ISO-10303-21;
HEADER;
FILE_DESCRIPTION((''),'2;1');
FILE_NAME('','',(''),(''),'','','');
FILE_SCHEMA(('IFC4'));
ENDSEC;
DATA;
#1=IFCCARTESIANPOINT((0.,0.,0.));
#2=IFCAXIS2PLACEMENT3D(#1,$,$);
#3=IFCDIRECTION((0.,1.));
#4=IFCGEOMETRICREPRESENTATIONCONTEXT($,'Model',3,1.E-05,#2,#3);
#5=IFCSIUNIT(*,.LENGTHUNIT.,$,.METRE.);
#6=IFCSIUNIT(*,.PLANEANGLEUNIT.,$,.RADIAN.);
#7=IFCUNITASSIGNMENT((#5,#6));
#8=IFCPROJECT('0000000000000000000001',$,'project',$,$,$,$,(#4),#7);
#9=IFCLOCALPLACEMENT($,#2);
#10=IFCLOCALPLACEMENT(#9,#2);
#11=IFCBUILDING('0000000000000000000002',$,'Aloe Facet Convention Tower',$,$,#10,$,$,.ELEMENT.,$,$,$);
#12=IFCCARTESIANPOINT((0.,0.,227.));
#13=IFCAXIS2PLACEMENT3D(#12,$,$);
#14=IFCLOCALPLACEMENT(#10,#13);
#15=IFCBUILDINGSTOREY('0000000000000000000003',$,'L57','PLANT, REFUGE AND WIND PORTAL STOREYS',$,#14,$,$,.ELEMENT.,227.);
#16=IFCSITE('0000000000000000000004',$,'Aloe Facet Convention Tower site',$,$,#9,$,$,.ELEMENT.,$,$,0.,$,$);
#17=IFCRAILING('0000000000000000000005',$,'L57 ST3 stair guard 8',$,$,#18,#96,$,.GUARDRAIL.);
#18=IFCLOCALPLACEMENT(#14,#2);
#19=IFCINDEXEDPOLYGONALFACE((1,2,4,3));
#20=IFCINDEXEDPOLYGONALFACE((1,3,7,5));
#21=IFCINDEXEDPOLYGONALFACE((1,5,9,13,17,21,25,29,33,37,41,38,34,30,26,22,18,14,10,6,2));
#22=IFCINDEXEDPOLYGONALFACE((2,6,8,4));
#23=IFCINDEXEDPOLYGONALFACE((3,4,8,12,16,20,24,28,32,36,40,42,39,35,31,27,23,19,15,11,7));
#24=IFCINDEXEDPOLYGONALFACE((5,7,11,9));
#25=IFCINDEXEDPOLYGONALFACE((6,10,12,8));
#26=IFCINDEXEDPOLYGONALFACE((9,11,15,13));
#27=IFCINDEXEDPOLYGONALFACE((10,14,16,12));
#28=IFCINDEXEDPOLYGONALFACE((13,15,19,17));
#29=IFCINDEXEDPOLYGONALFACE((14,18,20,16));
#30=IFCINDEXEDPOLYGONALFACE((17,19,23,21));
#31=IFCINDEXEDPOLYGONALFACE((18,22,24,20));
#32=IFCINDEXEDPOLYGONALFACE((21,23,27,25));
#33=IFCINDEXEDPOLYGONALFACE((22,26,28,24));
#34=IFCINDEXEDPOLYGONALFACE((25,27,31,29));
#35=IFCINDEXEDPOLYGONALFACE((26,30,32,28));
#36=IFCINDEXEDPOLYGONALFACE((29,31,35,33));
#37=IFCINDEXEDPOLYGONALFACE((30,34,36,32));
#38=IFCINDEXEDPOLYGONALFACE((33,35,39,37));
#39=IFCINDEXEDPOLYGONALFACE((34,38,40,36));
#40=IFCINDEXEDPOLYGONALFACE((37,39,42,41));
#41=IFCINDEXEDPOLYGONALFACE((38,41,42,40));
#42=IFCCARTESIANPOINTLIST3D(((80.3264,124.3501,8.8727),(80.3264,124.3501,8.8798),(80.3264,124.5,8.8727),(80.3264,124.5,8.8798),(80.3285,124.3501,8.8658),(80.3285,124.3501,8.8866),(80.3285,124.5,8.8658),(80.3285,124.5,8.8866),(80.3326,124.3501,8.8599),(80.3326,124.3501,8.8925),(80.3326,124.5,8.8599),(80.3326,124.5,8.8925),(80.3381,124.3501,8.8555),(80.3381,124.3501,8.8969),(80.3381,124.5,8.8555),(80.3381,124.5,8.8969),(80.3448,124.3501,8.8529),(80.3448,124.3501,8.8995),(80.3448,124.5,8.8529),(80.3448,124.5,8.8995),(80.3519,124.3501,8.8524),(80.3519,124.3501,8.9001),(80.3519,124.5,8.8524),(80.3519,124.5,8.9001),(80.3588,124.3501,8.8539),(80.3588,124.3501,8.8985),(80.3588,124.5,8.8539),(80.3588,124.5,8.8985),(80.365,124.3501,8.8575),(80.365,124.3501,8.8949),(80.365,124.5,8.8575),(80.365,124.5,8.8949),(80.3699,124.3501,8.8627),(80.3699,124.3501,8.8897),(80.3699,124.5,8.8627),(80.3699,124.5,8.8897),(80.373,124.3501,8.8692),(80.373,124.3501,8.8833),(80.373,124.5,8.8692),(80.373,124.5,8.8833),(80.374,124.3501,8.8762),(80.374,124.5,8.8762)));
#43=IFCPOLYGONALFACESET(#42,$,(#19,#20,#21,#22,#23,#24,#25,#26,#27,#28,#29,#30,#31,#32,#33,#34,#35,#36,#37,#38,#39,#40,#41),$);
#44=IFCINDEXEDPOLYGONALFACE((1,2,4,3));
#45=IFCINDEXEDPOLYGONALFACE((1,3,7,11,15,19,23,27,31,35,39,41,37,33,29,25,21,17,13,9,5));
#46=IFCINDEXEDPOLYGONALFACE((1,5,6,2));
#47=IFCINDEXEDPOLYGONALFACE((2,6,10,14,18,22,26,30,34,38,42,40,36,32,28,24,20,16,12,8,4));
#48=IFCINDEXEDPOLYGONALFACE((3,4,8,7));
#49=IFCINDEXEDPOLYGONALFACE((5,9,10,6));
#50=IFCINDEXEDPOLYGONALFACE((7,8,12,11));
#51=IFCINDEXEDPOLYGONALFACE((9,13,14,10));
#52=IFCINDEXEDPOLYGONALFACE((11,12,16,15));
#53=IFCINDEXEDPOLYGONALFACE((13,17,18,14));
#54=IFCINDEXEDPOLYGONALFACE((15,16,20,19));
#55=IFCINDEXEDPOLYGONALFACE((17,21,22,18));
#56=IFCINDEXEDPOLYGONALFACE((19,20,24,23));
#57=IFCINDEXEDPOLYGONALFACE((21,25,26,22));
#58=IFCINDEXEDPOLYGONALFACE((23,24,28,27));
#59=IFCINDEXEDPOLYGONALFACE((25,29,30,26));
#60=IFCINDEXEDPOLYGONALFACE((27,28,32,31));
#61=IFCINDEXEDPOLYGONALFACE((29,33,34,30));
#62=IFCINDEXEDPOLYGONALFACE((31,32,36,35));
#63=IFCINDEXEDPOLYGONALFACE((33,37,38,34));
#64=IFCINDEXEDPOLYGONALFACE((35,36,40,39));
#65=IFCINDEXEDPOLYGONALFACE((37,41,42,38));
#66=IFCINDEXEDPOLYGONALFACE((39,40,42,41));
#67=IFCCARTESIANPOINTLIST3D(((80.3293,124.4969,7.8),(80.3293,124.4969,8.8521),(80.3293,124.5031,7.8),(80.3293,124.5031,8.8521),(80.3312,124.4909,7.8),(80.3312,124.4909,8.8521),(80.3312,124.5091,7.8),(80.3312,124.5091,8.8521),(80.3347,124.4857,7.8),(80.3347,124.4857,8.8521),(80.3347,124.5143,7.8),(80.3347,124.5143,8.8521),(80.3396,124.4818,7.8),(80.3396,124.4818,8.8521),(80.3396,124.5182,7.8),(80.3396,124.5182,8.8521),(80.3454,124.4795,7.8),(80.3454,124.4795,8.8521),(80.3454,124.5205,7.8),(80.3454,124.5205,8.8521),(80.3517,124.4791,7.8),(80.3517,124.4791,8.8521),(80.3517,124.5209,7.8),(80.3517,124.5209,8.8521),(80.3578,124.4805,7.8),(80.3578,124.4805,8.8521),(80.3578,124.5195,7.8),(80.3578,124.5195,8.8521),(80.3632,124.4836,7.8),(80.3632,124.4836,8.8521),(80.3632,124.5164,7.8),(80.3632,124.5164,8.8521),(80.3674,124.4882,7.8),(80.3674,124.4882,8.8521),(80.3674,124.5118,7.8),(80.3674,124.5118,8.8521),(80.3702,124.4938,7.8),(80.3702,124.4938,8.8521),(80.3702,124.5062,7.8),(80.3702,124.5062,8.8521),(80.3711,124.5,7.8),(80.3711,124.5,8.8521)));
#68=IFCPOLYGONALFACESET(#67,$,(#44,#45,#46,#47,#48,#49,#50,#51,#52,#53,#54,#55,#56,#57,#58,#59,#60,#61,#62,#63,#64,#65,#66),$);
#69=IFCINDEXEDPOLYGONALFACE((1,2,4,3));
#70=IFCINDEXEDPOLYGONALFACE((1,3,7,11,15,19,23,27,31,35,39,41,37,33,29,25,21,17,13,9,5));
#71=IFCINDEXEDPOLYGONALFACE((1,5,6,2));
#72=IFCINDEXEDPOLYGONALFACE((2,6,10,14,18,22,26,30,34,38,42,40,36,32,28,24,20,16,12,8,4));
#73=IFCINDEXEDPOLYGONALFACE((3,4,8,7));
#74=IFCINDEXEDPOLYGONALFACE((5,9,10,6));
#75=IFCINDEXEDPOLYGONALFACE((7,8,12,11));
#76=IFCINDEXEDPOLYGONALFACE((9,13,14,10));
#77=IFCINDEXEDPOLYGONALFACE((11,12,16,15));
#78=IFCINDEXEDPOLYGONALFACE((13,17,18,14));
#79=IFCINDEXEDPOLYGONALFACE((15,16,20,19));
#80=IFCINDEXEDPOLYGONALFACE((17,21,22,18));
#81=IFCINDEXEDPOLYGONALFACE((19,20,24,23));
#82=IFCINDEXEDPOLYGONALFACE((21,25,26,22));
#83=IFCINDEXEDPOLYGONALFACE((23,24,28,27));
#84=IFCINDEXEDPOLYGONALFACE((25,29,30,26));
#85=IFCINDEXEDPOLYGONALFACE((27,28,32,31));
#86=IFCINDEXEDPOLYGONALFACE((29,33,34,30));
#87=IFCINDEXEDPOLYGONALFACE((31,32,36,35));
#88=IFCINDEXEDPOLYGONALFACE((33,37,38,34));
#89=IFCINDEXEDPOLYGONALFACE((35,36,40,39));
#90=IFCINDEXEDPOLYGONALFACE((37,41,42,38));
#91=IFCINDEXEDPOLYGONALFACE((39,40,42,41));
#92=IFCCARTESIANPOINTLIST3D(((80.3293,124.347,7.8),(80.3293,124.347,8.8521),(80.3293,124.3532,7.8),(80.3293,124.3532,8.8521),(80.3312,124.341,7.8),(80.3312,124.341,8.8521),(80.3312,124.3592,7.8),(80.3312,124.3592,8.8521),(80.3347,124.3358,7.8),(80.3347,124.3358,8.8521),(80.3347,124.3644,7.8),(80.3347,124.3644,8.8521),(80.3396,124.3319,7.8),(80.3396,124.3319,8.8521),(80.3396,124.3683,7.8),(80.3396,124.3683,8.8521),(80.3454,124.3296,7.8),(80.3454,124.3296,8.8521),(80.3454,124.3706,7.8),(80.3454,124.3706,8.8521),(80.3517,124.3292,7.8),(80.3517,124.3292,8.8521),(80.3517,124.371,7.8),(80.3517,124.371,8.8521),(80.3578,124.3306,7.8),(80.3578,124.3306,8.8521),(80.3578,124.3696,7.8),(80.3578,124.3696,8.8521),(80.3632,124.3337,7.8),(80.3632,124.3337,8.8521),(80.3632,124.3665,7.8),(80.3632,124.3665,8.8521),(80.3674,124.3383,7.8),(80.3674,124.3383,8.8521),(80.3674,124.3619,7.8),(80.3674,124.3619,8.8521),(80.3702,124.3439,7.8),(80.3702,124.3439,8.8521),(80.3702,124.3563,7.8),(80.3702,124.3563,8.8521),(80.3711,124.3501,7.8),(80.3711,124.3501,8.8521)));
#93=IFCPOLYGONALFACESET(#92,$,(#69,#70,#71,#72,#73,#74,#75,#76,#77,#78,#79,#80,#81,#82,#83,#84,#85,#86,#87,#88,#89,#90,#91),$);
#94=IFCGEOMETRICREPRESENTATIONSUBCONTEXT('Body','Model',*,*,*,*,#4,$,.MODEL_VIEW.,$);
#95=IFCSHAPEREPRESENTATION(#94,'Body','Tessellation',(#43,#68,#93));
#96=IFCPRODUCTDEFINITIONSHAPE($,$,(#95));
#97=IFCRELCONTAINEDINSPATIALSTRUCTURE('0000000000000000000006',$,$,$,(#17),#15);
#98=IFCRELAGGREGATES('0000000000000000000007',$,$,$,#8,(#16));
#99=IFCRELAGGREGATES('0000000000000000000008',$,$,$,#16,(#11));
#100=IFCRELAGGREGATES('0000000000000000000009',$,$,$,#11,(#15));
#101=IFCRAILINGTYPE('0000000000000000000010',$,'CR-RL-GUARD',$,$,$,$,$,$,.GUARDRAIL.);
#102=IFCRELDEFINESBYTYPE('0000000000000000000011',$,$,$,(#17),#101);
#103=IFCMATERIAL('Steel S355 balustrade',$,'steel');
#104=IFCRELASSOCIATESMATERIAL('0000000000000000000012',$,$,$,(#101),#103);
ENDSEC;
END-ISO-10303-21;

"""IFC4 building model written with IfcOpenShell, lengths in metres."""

from ifc_helpers import new_model, si_unit, direction, frame, origin, origin_2d, place, context, subcontext, project, spatial, circle, extrude, material, type_object, element, save


model = new_model("IFC4")

# Units and contexts
model_context = context("Model", 3, precision=1e-05, world=origin(), true_north=direction((0.0, 1.0)))
body_context = subcontext(model_context, "Body", "Model", "MODEL_VIEW")
ifc_project = project(units=[si_unit("LENGTHUNIT", "METRE"), si_unit("PLANEANGLEUNIT", "RADIAN")], contexts=[model_context])

# Site, building, storey
site_placement = place(None, origin())
site = spatial("IfcSite", under=ifc_project, at=site_placement, Name="Aloe Facet Convention Tower site", CompositionType="ELEMENT", RefElevation=0.0)
building_placement = place(site_placement, origin())
building = spatial("IfcBuilding", under=site, at=building_placement, Name="Aloe Facet Convention Tower", CompositionType="ELEMENT")
storey_placement = place(building_placement, frame((0.0, 0.0, 227.0)))
storey = spatial("IfcBuildingStorey", under=building, at=storey_placement, Name="L57", Description="PLANT, REFUGE AND WIND PORTAL STOREYS", CompositionType="ELEMENT", Elevation=227.0)

# Railing
ifc_material_1 = material(Name="Steel S355 balustrade", Category="steel")
railing_type_1 = type_object("IfcRailingType", Name="CR-RL-GUARD", PredefinedType="GUARDRAIL", material=ifc_material_1)
railing_1_placement = place(storey_placement, frame((80.3501, 124.5, 7.8)))
element("IfcRailing", 1, at=railing_1_placement, inside=storey, type_object=railing_type_1, Name="L57 ST3 stair guard 8", PredefinedType="GUARDRAIL", context=body_context, shape_type="SweptSolid", body=[
    extrude(circle(Radius=0.0239, at=origin_2d()), frame((0.0, 0.0, 1.0762), z_axis=(0.0, -1.0, 0.0), x_axis=(1.0, 0.0, 0.0)), (0.0, 0.0, 1.0), 0.1499),
    extrude(circle(Radius=0.021, at=origin_2d()), origin(), (0.0, 0.0, 1.0), 1.052),
    extrude(circle(Radius=0.021, at=origin_2d()), frame((0.0, -0.1499, 0.0)), (0.0, 0.0, 1.0), 1.052),
])

save(model, "model.ifc")
